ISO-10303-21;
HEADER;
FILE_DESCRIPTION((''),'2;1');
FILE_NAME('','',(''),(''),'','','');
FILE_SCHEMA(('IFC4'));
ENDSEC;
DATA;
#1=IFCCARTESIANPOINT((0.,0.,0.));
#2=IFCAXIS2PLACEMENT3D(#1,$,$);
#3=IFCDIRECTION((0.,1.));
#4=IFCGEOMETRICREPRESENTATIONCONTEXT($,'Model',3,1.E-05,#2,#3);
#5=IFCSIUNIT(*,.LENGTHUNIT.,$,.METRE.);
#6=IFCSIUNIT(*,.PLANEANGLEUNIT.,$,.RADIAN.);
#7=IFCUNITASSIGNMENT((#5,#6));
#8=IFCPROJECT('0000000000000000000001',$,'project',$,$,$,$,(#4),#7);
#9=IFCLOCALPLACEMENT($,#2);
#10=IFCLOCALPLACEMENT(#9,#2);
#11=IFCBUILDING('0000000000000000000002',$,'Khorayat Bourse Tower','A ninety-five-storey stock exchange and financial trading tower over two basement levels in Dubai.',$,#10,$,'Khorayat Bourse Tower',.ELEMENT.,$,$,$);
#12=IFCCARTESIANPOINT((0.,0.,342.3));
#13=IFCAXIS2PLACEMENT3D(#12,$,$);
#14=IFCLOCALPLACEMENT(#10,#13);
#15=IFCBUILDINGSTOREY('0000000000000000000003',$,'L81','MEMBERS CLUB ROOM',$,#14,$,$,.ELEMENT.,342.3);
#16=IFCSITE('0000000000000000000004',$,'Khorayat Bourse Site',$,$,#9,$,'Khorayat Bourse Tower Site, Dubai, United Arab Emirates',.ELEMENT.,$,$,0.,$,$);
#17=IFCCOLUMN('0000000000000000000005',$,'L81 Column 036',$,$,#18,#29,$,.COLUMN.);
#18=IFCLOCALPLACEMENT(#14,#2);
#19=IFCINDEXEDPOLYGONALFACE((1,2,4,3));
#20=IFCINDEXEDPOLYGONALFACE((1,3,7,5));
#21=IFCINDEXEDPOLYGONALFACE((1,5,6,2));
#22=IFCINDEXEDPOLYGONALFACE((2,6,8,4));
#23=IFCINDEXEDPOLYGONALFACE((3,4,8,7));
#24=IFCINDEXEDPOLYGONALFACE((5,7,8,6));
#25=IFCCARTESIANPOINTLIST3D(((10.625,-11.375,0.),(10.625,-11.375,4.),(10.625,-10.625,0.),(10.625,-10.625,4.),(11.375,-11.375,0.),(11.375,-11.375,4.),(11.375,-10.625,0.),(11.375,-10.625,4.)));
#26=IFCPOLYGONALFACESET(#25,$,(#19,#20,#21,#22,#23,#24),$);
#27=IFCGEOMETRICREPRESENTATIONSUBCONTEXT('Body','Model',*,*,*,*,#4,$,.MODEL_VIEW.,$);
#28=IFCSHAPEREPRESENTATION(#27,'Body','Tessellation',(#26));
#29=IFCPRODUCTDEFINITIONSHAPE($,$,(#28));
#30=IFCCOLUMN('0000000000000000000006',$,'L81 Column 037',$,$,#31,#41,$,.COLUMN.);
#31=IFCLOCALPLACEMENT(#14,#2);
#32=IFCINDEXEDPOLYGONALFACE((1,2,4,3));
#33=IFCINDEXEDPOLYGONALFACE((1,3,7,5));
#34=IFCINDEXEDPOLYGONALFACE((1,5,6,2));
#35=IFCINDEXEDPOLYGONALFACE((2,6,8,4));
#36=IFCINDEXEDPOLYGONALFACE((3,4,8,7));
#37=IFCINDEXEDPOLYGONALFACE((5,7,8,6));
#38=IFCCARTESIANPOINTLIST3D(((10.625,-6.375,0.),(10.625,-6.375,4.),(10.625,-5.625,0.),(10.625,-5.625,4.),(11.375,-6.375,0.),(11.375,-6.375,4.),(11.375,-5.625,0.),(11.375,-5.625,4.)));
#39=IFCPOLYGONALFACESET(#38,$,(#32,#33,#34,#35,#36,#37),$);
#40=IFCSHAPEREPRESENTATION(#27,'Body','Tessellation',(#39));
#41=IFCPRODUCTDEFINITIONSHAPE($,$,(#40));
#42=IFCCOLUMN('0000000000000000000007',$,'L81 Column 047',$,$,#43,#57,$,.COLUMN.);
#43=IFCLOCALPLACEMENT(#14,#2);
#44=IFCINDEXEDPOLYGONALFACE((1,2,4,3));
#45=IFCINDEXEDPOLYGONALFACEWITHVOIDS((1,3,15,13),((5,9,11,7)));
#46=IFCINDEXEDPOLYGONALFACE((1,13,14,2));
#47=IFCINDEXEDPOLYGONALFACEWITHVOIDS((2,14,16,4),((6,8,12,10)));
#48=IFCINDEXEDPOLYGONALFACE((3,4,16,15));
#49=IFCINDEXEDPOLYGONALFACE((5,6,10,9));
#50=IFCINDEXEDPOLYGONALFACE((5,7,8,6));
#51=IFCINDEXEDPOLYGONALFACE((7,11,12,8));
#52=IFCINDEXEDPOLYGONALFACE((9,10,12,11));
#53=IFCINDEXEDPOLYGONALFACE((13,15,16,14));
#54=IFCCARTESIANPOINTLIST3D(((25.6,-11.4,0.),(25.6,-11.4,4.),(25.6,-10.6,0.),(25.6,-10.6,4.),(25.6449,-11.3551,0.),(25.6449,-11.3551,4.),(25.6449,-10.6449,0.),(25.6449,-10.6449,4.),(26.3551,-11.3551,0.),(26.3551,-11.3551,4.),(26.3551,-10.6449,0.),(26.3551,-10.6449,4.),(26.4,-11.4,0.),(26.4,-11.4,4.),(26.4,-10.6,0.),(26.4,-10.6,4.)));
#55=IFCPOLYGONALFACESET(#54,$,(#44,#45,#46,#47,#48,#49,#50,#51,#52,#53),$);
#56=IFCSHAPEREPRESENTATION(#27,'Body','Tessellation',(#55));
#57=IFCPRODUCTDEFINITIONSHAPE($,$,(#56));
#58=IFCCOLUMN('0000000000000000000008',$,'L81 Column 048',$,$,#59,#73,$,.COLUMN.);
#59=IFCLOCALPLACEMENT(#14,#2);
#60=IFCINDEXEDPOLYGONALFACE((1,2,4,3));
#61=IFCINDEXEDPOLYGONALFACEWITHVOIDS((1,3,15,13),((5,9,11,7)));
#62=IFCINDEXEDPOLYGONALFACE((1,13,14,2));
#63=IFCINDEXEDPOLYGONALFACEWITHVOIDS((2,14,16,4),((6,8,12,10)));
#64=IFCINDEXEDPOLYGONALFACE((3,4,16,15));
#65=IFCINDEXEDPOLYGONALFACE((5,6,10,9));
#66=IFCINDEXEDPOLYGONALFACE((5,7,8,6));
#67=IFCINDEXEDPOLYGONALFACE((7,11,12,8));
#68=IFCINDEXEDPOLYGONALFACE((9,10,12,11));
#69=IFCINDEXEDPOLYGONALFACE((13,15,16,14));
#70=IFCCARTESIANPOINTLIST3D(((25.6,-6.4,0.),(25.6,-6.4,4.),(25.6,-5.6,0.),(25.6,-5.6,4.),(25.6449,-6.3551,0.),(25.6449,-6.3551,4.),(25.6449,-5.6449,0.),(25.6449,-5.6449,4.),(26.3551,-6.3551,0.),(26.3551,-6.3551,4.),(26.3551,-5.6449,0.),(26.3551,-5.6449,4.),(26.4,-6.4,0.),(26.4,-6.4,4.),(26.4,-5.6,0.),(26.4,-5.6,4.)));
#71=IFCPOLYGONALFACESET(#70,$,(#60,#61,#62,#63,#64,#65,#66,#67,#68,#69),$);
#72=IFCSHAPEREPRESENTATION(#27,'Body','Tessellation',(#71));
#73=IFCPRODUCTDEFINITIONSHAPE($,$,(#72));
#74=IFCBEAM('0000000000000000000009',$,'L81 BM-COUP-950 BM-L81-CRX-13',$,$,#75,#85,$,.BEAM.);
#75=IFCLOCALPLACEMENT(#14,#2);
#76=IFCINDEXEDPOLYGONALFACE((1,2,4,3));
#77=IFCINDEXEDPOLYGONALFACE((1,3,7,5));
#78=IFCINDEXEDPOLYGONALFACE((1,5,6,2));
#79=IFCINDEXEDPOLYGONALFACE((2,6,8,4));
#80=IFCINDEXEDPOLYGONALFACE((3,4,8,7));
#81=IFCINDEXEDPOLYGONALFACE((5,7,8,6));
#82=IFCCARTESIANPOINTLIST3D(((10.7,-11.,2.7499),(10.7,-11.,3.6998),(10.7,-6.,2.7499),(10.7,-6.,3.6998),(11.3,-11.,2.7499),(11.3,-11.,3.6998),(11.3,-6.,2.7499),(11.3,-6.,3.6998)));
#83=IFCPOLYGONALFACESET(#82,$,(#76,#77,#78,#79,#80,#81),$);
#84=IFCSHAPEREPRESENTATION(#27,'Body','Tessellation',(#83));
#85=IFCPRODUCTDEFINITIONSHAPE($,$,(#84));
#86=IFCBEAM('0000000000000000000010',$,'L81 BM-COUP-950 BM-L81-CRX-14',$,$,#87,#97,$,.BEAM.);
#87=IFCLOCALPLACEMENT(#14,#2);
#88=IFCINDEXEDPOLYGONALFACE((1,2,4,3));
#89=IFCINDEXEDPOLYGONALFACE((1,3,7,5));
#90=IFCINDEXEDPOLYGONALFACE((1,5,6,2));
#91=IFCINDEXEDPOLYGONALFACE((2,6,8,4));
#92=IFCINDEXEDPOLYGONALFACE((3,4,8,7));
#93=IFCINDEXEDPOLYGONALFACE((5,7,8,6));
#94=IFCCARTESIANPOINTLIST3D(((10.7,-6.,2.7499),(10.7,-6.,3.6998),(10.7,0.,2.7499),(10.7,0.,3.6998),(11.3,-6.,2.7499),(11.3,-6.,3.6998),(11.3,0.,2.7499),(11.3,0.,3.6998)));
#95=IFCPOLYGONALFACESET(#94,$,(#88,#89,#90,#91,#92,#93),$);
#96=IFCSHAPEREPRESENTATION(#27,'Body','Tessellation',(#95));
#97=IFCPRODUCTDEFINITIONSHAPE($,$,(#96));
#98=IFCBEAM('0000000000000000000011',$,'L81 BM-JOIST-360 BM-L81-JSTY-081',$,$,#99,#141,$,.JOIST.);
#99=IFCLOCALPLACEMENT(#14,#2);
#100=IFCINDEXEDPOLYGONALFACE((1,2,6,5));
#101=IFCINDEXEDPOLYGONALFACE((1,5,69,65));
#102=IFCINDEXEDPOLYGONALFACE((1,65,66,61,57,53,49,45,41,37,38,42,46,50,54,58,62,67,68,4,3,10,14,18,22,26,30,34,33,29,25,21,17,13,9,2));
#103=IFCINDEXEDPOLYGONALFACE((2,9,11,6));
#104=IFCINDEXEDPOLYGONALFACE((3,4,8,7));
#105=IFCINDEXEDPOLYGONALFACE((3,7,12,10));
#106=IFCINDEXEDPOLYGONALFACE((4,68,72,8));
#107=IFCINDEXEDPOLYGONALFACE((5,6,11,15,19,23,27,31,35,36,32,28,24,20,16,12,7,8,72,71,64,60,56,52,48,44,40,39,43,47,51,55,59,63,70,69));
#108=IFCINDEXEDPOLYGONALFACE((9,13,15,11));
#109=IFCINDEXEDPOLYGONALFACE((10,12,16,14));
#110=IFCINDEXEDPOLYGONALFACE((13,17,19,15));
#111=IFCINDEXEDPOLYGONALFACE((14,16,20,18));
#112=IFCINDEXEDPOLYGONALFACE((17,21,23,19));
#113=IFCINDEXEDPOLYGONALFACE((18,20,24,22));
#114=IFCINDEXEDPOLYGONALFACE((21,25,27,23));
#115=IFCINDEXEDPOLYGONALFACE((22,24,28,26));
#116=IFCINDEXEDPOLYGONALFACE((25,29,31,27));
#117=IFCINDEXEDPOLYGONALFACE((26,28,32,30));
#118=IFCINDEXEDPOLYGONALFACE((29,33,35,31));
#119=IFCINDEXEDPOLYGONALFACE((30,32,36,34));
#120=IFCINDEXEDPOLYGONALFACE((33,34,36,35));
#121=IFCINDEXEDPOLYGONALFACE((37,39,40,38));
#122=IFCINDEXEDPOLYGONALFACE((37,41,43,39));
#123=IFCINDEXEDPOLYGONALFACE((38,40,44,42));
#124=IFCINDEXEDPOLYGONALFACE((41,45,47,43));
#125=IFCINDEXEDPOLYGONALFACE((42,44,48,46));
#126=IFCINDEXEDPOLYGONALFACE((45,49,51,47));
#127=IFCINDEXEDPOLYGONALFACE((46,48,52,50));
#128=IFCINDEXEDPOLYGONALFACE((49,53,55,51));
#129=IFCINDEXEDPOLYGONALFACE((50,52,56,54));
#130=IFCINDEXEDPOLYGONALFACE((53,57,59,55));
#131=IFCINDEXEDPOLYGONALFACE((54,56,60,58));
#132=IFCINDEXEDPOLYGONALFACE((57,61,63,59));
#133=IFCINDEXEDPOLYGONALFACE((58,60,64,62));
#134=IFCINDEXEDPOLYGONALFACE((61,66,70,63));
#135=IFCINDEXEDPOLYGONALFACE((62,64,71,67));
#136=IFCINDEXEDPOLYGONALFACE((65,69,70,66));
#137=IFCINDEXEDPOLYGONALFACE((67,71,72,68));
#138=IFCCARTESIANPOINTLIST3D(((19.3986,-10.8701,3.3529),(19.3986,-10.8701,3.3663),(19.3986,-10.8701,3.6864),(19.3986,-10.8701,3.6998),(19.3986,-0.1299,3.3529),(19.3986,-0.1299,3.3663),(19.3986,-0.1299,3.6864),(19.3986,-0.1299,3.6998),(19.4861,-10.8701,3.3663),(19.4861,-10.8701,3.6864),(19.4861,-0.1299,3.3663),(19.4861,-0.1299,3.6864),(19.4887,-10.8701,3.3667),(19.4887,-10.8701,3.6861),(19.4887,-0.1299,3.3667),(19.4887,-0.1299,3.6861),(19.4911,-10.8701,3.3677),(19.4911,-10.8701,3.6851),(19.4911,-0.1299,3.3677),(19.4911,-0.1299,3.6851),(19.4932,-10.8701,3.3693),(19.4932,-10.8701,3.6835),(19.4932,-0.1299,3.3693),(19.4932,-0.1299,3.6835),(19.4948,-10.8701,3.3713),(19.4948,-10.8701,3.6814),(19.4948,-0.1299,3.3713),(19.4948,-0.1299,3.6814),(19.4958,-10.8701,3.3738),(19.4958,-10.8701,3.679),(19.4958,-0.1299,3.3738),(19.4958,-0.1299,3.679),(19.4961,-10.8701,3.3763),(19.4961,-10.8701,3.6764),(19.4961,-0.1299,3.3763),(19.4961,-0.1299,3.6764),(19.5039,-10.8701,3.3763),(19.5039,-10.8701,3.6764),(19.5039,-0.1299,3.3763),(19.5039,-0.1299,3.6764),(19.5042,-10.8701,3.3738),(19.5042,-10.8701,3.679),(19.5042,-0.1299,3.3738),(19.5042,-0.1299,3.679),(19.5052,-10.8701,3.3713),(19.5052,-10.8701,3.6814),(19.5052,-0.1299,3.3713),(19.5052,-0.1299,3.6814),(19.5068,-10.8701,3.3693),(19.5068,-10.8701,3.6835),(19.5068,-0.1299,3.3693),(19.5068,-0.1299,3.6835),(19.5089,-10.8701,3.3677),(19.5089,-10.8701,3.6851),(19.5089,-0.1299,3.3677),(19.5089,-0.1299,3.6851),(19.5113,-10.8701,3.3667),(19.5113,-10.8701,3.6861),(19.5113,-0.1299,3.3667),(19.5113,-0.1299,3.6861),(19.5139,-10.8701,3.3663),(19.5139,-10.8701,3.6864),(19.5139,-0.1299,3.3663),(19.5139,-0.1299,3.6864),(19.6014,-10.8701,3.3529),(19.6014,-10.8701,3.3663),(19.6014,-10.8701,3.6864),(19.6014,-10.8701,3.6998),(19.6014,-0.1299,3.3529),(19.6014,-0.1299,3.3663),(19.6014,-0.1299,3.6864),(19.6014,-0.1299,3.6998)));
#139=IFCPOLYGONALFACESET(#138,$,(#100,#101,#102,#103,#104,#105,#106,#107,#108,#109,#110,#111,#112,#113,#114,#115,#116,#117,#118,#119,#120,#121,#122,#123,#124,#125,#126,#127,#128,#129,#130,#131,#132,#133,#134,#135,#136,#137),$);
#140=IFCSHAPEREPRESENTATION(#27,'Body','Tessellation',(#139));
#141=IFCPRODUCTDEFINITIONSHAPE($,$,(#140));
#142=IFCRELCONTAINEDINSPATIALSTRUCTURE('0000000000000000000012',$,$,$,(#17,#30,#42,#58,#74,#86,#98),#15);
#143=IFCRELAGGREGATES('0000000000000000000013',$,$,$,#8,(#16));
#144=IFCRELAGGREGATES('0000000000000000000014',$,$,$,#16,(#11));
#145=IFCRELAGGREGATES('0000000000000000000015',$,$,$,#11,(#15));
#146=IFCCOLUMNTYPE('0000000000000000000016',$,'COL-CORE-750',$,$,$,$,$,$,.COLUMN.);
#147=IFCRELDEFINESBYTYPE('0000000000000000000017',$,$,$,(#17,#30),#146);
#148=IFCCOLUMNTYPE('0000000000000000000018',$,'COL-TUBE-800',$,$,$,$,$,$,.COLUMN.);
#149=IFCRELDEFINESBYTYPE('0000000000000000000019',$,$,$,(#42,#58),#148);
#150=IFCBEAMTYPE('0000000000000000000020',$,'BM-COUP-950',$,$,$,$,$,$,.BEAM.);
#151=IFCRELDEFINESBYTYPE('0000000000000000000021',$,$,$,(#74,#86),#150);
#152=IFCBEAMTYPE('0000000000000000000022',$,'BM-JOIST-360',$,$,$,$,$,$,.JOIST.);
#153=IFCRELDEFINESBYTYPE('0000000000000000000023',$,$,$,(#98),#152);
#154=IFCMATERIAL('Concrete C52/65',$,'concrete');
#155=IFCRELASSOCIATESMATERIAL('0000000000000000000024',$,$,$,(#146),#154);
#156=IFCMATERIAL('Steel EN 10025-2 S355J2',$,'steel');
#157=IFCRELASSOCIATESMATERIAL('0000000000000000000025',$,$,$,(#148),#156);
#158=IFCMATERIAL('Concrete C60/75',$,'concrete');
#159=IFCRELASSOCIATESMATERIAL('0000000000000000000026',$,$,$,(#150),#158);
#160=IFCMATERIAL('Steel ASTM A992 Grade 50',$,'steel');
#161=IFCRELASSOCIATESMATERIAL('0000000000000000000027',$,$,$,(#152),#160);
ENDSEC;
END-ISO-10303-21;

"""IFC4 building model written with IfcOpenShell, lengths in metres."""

from ifc_helpers import new_model, si_unit, direction, frame, origin, origin_2d, place, context, subcontext, project, spatial, rectangle, hollow_rectangle, i_section, extrude, source, transform, mapped, material, material_profile, profile_set, type_object, element, save


model = new_model("IFC4")

# Units and contexts
model_context = context("Model", 3, precision=1e-05, world=origin(), true_north=direction((0.0, 1.0)))
body_context = subcontext(model_context, "Body", "Model", "MODEL_VIEW")
ifc_project = project(units=[si_unit("LENGTHUNIT", "METRE"), si_unit("PLANEANGLEUNIT", "RADIAN")], contexts=[model_context])

# Site, building, storey
site_placement = place(None, origin())
site = spatial("IfcSite", under=ifc_project, at=site_placement, Name="Khorayat Bourse Site", LongName="Khorayat Bourse Tower Site, Dubai, United Arab Emirates", CompositionType="ELEMENT", RefElevation=0.0)
building_placement = place(site_placement, origin())
building = spatial("IfcBuilding", under=site, at=building_placement, Name="Khorayat Bourse Tower", Description="A ninety-five-storey stock exchange and financial trading tower over two basement levels in Dubai.", LongName="Khorayat Bourse Tower", CompositionType="ELEMENT")
storey_placement = place(building_placement, frame((0.0, 0.0, 342.3)))
storey = spatial("IfcBuildingStorey", under=building, at=storey_placement, Name="L81", Description="MEMBERS CLUB ROOM", CompositionType="ELEMENT", Elevation=342.3)

# Columns
ifc_material_1 = material(Name="Concrete C52/65", Category="concrete")
ifc_material_profile_1 = material_profile(ifc_material_1, rectangle(XDim=0.75, YDim=0.75, at=origin_2d()), Name="RC 750x750")
ifc_profile_set_1 = profile_set([ifc_material_profile_1], Name="Concrete C52/65")
column_type_1 = type_object("IfcColumnType", Name="COL-CORE-750", PredefinedType="COLUMN", material=ifc_profile_set_1)
shared_shape_1 = source(origin(), body_context, "Body", "SweptSolid", [
    extrude(rectangle(XDim=0.75, YDim=0.75, at=origin_2d()), origin(), (0.0, 0.0, 1.0), 4.0),
])
for number, where, z_axis, x_axis, name in (
    (1, (11.0, -11.0, 0.0), (0.0, 0.0, 1.0), (1.0, 0.0, 0.0), "L81 Column 036"),
    (2, (11.0, -6.0, 0.0), (0.0, 0.0, 1.0), (1.0, 0.0, 0.0), "L81 Column 037"),
):
    element("IfcColumn", number, at=place(storey_placement, frame(where, z_axis=z_axis, x_axis=x_axis)), inside=storey, type_object=column_type_1, Name=name, PredefinedType="COLUMN", context=body_context, shape_type="MappedRepresentation", body=[
        mapped(shared_shape_1, transform((0.0, 0.0, 0.0), scale=1.0)),
    ])
ifc_material_2 = material(Name="Steel EN 10025-2 S355J2", Category="steel")
ifc_material_profile_2 = material_profile(ifc_material_2, hollow_rectangle(XDim=0.8, YDim=0.8, WallThickness=0.0449, at=origin_2d()), Name="BOX 800x800x45")
ifc_profile_set_2 = profile_set([ifc_material_profile_2], Name="Steel EN 10025-2 S355J2")
column_type_2 = type_object("IfcColumnType", Name="COL-TUBE-800", PredefinedType="COLUMN", material=ifc_profile_set_2)
shared_shape_2 = source(origin(), body_context, "Body", "SweptSolid", [
    extrude(hollow_rectangle(XDim=0.8, YDim=0.8, WallThickness=0.0449, at=origin_2d()), origin(), (0.0, 0.0, 1.0), 4.0),
])
for number, where, z_axis, x_axis, name in (
    (3, (26.0, -11.0, 0.0), (0.0, 0.0, 1.0), (1.0, 0.0, 0.0), "L81 Column 047"),
    (4, (26.0, -6.0, 0.0), (0.0, 0.0, 1.0), (1.0, 0.0, 0.0), "L81 Column 048"),
):
    element("IfcColumn", number, at=place(storey_placement, frame(where, z_axis=z_axis, x_axis=x_axis)), inside=storey, type_object=column_type_2, Name=name, PredefinedType="COLUMN", context=body_context, shape_type="MappedRepresentation", body=[
        mapped(shared_shape_2, transform((0.0, 0.0, 0.0), scale=1.0)),
    ])

# Beams
ifc_material_3 = material(Name="Concrete C60/75", Category="concrete")
ifc_material_profile_3 = material_profile(ifc_material_3, rectangle(XDim=0.6001, YDim=0.95, at=origin_2d()), Name="RC 600x950")
ifc_profile_set_3 = profile_set([ifc_material_profile_3], Name="Concrete C60/75")
beam_type_1 = type_object("IfcBeamType", Name="BM-COUP-950", PredefinedType="BEAM", material=ifc_profile_set_3)
shared_shape_3 = source(origin(), body_context, "Body", "SweptSolid", [
    extrude(rectangle(XDim=0.6001, YDim=0.95, at=origin_2d()), origin(), (0.0, 0.0, 1.0), 5.0),
])
beam_1_placement = place(storey_placement, frame((11.0, -11.0, 3.2249), z_axis=(0.0, 1.0, 0.0), x_axis=(-1.0, 0.0, 0.0)))
element("IfcBeam", 5, at=beam_1_placement, inside=storey, type_object=beam_type_1, Name="L81 BM-COUP-950 BM-L81-CRX-13", PredefinedType="BEAM", context=body_context, shape_type="MappedRepresentation", body=[
    mapped(shared_shape_3, transform((0.0, 0.0, 0.0), scale=1.0)),
])
shared_shape_4 = source(origin(), body_context, "Body", "SweptSolid", [
    extrude(rectangle(XDim=0.6001, YDim=0.95, at=origin_2d()), origin(), (0.0, 0.0, 1.0), 6.0),
])
beam_2_placement = place(storey_placement, frame((11.0, -6.0, 3.2249), z_axis=(0.0, 1.0, 0.0), x_axis=(-1.0, 0.0, 0.0)))
element("IfcBeam", 6, at=beam_2_placement, inside=storey, type_object=beam_type_1, Name="L81 BM-COUP-950 BM-L81-CRX-14", PredefinedType="BEAM", context=body_context, shape_type="MappedRepresentation", body=[
    mapped(shared_shape_4, transform((0.0, 0.0, 0.0), scale=1.0)),
])
ifc_material_4 = material(Name="Steel ASTM A992 Grade 50", Category="steel")
ifc_material_profile_4 = material_profile(ifc_material_4, i_section(OverallWidth=0.2029, OverallDepth=0.3469, WebThickness=0.0078, FlangeThickness=0.0134, FilletRadius=0.01, at=origin_2d()), Name="W360X64")
ifc_profile_set_4 = profile_set([ifc_material_profile_4], Name="Steel ASTM A992 Grade 50")
beam_type_2 = type_object("IfcBeamType", Name="BM-JOIST-360", PredefinedType="JOIST", material=ifc_profile_set_4)
shared_shape_5 = source(origin(), body_context, "Body", "SweptSolid", [
    extrude(i_section(OverallWidth=0.2029, OverallDepth=0.3469, WebThickness=0.0078, FlangeThickness=0.0134, FilletRadius=0.01, at=origin_2d()), origin(), (0.0, 0.0, 1.0), 10.7402),
])
beam_3_placement = place(storey_placement, frame((19.5, -10.8701, 3.5264), z_axis=(0.0, 1.0, 0.0), x_axis=(-1.0, 0.0, 0.0)))
element("IfcBeam", 7, at=beam_3_placement, inside=storey, type_object=beam_type_2, Name="L81 BM-JOIST-360 BM-L81-JSTY-081", PredefinedType="JOIST", context=body_context, shape_type="MappedRepresentation", body=[
    mapped(shared_shape_5, transform((0.0, 0.0, 0.0), scale=1.0)),
])

save(model, "model.ifc")
